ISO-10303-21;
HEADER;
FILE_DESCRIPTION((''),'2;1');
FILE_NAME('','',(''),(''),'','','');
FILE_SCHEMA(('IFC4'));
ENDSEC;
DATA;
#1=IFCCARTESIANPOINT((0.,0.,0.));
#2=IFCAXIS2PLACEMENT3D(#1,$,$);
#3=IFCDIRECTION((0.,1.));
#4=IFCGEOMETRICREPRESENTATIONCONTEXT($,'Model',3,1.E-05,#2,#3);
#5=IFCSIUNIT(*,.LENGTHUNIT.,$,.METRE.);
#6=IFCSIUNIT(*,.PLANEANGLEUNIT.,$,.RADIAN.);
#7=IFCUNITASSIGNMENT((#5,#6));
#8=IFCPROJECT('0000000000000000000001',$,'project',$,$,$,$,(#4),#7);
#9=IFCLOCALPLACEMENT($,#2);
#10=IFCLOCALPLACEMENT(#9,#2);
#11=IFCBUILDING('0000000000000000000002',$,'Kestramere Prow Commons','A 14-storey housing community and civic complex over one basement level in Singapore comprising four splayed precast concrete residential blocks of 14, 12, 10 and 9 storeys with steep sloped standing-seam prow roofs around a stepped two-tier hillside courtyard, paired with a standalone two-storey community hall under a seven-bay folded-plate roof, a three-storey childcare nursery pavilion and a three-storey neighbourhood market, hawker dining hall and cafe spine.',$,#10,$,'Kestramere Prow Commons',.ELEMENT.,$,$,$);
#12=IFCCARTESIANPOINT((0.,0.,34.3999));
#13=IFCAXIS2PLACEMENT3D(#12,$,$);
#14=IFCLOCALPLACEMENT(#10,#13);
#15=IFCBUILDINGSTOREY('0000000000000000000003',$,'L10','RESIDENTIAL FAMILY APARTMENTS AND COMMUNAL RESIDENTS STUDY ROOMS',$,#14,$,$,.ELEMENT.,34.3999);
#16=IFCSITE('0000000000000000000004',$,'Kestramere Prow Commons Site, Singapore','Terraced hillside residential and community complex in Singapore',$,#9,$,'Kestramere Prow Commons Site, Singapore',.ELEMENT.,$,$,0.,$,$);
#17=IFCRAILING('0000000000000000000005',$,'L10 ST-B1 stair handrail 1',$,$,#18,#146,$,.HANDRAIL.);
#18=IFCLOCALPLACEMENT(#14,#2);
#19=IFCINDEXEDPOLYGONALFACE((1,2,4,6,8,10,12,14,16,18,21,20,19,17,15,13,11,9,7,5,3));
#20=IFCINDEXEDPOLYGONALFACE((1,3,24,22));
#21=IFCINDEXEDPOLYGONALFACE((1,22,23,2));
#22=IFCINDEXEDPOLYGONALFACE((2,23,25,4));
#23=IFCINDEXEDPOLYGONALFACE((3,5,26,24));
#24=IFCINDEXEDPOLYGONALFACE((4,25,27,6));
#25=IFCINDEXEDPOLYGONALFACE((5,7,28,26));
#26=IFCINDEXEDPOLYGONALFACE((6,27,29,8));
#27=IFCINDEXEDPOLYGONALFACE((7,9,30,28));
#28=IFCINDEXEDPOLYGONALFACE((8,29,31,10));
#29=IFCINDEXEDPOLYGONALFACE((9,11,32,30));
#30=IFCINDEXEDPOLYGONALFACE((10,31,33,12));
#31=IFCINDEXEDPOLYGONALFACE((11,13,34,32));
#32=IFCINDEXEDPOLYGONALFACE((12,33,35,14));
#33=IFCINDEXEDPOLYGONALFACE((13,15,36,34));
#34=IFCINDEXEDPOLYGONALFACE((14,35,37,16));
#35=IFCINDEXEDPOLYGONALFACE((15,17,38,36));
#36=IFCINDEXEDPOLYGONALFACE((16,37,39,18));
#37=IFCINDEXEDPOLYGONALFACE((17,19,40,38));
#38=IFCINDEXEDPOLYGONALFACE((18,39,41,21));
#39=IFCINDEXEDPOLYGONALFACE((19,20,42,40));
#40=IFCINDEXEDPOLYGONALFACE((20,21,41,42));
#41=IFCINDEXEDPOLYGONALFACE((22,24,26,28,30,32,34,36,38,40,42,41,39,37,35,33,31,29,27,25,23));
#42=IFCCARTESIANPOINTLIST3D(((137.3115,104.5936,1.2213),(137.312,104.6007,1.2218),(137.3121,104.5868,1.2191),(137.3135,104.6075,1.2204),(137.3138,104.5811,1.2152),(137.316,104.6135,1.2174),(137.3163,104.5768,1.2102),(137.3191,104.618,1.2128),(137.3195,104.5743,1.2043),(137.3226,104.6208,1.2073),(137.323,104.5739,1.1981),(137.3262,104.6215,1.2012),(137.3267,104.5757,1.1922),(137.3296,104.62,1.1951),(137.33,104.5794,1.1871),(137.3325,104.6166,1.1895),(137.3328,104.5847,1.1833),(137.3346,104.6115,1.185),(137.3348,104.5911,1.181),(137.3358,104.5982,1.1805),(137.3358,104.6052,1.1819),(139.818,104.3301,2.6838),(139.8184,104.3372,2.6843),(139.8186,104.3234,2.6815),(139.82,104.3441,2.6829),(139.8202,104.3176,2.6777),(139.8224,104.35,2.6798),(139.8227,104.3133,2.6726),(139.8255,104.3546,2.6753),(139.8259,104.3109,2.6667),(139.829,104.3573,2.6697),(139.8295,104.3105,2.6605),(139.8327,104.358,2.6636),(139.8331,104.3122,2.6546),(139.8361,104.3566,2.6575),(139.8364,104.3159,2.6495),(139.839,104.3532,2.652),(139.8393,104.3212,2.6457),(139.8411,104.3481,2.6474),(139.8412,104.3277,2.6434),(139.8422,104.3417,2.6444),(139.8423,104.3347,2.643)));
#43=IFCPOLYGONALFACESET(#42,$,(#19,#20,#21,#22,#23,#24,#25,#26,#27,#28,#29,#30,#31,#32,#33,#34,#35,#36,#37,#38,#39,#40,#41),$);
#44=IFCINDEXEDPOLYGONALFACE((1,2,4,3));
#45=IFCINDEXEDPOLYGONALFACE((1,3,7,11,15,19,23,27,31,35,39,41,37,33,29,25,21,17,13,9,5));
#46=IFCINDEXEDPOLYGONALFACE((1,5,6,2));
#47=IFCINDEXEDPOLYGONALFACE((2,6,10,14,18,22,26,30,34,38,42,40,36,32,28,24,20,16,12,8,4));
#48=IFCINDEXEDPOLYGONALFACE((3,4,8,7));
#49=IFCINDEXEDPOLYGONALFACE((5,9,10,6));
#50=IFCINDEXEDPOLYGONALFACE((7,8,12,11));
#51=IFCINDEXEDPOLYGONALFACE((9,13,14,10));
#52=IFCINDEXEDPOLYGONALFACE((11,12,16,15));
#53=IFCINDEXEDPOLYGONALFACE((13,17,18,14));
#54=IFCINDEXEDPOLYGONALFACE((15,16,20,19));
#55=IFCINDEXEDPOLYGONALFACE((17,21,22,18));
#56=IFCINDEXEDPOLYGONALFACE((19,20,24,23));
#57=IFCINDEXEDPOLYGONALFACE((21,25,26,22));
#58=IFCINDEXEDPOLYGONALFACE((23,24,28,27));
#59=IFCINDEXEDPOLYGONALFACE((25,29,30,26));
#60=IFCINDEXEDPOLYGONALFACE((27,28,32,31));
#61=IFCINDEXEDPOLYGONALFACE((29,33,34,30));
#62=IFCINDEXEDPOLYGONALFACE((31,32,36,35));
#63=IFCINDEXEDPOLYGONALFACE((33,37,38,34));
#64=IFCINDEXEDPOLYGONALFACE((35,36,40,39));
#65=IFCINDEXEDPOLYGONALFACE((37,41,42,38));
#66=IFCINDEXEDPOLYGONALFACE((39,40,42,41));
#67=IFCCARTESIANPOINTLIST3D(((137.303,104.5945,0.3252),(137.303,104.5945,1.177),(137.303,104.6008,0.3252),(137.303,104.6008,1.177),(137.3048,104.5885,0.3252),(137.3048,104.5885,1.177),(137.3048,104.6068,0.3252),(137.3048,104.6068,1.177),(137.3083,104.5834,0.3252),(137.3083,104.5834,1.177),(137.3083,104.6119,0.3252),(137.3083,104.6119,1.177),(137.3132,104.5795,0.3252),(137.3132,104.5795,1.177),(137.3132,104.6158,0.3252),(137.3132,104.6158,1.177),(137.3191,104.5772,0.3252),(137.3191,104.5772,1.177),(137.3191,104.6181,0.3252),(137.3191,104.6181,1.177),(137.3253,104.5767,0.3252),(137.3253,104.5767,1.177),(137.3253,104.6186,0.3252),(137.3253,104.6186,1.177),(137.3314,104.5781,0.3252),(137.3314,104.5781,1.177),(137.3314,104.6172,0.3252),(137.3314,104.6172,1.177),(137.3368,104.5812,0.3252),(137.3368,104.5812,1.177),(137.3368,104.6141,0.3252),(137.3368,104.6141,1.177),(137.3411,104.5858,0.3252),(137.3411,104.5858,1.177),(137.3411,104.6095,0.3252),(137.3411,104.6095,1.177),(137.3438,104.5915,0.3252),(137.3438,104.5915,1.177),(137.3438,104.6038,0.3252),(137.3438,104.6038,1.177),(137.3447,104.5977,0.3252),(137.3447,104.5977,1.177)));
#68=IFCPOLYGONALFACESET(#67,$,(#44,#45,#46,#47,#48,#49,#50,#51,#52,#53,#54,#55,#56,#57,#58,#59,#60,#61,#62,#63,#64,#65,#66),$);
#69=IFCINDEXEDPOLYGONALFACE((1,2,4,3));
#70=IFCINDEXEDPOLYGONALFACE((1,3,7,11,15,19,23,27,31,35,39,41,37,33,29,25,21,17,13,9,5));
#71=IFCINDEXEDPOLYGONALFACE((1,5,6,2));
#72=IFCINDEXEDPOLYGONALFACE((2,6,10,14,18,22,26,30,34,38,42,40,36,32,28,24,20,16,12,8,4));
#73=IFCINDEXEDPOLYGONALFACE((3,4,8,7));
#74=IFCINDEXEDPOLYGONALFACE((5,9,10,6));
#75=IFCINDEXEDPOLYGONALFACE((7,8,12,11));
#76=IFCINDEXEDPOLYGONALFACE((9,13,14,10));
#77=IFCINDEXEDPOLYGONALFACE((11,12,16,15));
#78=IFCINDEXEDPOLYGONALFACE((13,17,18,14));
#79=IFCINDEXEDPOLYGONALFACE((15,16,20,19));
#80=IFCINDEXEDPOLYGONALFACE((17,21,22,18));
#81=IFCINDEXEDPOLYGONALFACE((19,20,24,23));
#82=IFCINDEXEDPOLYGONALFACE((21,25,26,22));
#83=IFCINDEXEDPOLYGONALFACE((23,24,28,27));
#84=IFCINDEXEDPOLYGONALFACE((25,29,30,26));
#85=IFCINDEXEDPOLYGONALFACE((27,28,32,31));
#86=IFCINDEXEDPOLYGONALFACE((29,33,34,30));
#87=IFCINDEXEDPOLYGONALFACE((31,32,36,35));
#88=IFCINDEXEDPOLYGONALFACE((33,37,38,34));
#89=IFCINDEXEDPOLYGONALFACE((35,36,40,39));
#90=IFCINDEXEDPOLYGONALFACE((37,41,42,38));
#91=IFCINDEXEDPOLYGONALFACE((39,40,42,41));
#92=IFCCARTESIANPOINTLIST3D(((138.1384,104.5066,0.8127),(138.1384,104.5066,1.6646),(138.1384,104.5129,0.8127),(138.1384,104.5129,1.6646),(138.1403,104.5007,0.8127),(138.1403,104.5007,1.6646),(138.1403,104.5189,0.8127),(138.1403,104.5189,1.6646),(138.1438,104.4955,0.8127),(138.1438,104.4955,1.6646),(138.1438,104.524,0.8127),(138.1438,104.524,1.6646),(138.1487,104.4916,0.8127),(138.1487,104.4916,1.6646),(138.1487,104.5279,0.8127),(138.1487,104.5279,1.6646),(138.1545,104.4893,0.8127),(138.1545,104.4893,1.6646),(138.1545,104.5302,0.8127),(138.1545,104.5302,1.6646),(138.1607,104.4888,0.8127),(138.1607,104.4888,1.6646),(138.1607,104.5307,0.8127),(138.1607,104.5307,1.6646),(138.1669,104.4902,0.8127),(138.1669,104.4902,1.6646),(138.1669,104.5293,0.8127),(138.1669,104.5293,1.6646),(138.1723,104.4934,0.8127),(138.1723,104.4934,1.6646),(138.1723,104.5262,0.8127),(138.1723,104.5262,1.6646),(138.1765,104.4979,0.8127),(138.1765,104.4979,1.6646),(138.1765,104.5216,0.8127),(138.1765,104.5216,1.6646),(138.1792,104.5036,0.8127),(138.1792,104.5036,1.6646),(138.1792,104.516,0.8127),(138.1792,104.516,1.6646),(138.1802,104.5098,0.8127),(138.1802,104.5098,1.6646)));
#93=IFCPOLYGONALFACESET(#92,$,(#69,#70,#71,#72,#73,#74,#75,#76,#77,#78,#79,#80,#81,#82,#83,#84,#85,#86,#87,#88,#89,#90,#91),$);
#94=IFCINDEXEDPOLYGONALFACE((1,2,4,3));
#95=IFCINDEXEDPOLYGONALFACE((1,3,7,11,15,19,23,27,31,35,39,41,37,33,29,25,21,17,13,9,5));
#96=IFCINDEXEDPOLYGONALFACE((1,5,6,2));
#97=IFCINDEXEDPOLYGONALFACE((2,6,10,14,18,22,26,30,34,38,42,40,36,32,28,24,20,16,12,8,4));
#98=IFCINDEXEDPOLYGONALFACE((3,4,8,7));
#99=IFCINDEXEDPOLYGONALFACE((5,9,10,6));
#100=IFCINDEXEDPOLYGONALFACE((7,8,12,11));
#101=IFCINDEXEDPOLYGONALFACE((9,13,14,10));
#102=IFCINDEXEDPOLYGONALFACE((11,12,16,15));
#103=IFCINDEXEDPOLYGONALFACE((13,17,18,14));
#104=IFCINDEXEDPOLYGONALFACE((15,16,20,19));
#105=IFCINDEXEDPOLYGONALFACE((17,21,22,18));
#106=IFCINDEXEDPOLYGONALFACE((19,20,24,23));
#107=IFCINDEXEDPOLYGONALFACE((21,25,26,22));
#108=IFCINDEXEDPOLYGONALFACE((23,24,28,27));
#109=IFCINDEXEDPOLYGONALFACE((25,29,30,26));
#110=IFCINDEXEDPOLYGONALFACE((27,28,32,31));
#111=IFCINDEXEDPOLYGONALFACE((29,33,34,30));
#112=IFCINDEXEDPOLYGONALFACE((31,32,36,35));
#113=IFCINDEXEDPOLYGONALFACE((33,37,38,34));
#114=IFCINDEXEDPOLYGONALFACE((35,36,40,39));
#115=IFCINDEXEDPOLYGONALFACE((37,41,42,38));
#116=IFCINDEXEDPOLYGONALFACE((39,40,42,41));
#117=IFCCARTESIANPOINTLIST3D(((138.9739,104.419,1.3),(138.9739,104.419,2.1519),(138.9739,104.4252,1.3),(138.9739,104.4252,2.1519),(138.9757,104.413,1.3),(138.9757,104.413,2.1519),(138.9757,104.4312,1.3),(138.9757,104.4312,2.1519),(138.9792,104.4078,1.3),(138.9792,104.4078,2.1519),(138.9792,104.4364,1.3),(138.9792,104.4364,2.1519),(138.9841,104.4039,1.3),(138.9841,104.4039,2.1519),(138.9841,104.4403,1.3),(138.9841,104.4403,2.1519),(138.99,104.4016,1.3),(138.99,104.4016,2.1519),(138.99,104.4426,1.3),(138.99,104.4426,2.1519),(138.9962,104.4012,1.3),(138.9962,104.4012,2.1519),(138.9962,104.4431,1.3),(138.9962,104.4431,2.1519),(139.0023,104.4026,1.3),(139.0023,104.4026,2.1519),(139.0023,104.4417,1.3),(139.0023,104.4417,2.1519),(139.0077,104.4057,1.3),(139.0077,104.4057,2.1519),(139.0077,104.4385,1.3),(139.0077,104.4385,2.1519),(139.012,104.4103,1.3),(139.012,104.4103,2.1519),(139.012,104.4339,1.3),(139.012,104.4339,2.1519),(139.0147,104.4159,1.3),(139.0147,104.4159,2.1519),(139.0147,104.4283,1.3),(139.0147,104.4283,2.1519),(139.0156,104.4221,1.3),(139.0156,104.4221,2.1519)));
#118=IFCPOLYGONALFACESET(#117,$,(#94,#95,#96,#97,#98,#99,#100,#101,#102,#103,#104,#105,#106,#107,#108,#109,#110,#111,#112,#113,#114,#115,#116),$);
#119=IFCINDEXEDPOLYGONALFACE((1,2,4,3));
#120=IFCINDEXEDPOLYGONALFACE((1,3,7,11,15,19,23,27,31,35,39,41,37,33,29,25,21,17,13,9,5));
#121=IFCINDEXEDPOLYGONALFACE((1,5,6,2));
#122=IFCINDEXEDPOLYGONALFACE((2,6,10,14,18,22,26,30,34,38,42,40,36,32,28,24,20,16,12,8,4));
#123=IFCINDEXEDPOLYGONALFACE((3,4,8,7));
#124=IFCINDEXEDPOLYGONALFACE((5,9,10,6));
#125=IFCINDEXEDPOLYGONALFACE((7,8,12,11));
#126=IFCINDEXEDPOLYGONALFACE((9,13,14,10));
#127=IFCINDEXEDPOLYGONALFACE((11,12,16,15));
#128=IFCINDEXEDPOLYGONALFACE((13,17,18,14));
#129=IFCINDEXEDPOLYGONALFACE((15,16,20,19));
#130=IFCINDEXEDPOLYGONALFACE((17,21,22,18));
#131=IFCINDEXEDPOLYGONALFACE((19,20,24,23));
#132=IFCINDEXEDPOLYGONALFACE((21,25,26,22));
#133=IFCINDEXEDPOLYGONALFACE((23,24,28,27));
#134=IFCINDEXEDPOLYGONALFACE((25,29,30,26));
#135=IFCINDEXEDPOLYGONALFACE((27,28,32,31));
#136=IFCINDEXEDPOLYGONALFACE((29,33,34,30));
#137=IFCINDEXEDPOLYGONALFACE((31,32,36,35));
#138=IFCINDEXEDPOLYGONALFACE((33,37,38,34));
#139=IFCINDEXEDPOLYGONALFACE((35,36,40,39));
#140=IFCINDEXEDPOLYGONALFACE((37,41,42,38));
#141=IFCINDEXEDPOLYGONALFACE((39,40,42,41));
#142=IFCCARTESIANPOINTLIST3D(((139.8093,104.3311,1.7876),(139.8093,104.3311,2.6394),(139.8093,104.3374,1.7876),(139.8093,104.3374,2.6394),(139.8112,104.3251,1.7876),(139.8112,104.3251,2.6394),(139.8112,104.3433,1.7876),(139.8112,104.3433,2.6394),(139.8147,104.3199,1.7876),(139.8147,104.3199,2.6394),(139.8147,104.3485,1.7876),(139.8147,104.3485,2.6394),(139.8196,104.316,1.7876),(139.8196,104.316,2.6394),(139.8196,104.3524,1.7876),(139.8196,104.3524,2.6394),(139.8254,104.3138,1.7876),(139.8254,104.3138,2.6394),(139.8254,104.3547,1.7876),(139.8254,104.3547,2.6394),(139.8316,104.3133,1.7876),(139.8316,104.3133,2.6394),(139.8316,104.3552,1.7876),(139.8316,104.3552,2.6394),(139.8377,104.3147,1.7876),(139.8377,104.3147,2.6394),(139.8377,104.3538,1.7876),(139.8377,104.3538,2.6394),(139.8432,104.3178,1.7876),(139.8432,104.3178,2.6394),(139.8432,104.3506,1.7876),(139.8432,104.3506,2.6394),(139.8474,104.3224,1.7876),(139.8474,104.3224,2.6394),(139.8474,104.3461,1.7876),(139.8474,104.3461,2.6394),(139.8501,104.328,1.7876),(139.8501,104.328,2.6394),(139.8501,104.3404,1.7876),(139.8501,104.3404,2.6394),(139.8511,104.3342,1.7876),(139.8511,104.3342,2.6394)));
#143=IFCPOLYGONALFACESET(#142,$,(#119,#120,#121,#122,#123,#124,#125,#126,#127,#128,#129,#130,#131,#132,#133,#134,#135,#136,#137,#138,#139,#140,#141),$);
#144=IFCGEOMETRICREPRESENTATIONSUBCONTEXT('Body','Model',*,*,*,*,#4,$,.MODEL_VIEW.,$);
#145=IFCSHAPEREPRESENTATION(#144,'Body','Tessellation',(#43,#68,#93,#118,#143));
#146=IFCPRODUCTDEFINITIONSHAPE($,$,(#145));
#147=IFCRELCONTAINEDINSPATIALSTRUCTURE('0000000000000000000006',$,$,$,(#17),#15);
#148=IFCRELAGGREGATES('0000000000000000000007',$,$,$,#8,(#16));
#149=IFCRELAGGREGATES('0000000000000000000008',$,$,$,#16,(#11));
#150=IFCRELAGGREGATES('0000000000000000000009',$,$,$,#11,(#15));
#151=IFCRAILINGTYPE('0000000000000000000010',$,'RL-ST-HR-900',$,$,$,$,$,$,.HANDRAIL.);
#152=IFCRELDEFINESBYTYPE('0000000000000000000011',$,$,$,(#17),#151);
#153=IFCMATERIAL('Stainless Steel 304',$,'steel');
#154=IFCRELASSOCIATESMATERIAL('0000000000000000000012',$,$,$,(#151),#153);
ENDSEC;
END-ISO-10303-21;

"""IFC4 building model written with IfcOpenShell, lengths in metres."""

from ifc_helpers import new_model, si_unit, direction, frame, origin, origin_2d, place, context, subcontext, project, spatial, circle, extrude, material, type_object, element, save


model = new_model("IFC4")

# Units and contexts
model_context = context("Model", 3, precision=1e-05, world=origin(), true_north=direction((0.0, 1.0)))
body_context = subcontext(model_context, "Body", "Model", "MODEL_VIEW")
ifc_project = project(units=[si_unit("LENGTHUNIT", "METRE"), si_unit("PLANEANGLEUNIT", "RADIAN")], contexts=[model_context])

# Site, building, storey
site_placement = place(None, origin())
site = spatial("IfcSite", under=ifc_project, at=site_placement, Name="Kestramere Prow Commons Site, Singapore", Description="Terraced hillside residential and community complex in Singapore", LongName="Kestramere Prow Commons Site, Singapore", CompositionType="ELEMENT", RefElevation=0.0)
building_placement = place(site_placement, origin())
building = spatial("IfcBuilding", under=site, at=building_placement, Name="Kestramere Prow Commons", Description="A 14-storey housing community and civic complex over one basement level in Singapore comprising four splayed precast concrete residential blocks of 14, 12, 10 and 9 storeys with steep sloped standing-seam prow roofs around a stepped two-tier hillside courtyard, paired with a standalone two-storey community hall under a seven-bay folded-plate roof, a three-storey childcare nursery pavilion and a three-storey neighbourhood market, hawker dining hall and cafe spine.", LongName="Kestramere Prow Commons", CompositionType="ELEMENT")
storey_placement = place(building_placement, frame((0.0, 0.0, 34.3999)))
storey = spatial("IfcBuildingStorey", under=building, at=storey_placement, Name="L10", Description="RESIDENTIAL FAMILY APARTMENTS AND COMMUNAL RESIDENTS STUDY ROOMS", CompositionType="ELEMENT", Elevation=34.3999)

# Railing
ifc_material_1 = material(Name="Stainless Steel 304", Category="steel")
railing_type = type_object("IfcRailingType", Name="RL-ST-HR-900", PredefinedType="HANDRAIL", material=ifc_material_1)
railing_placement = place(storey_placement, frame((137.3237, 104.5977, 0.3252)))
element("IfcRailing", 1, at=railing_placement, inside=storey, type_object=railing_type, Name="L10 ST-B1 stair handrail 1", PredefinedType="HANDRAIL", context=body_context, shape_type="SweptSolid", body=[
    extrude(circle(Radius=0.0239, at=origin_2d()), frame((0.0, 0.0, 0.876), z_axis=(0.860187, -0.090409, 0.501901), x_axis=(0.104528, 0.994522, 0.0)), (0.0, 0.0, 1.0), 2.9138),
    extrude(circle(Radius=0.021, at=origin_2d()), origin(), (0.0, 0.0, 1.0), 0.8518),
    extrude(circle(Radius=0.021, at=origin_2d()), frame((0.8354, -0.0879, 0.4875)), (0.0, 0.0, 1.0), 0.8518),
    extrude(circle(Radius=0.021, at=origin_2d()), frame((1.6709, -0.1755, 0.9749)), (0.0, 0.0, 1.0), 0.8518),
    extrude(circle(Radius=0.021, at=origin_2d()), frame((2.5063, -0.2634, 1.4624)), (0.0, 0.0, 1.0), 0.8518),
])

save(model, "model.ifc")
